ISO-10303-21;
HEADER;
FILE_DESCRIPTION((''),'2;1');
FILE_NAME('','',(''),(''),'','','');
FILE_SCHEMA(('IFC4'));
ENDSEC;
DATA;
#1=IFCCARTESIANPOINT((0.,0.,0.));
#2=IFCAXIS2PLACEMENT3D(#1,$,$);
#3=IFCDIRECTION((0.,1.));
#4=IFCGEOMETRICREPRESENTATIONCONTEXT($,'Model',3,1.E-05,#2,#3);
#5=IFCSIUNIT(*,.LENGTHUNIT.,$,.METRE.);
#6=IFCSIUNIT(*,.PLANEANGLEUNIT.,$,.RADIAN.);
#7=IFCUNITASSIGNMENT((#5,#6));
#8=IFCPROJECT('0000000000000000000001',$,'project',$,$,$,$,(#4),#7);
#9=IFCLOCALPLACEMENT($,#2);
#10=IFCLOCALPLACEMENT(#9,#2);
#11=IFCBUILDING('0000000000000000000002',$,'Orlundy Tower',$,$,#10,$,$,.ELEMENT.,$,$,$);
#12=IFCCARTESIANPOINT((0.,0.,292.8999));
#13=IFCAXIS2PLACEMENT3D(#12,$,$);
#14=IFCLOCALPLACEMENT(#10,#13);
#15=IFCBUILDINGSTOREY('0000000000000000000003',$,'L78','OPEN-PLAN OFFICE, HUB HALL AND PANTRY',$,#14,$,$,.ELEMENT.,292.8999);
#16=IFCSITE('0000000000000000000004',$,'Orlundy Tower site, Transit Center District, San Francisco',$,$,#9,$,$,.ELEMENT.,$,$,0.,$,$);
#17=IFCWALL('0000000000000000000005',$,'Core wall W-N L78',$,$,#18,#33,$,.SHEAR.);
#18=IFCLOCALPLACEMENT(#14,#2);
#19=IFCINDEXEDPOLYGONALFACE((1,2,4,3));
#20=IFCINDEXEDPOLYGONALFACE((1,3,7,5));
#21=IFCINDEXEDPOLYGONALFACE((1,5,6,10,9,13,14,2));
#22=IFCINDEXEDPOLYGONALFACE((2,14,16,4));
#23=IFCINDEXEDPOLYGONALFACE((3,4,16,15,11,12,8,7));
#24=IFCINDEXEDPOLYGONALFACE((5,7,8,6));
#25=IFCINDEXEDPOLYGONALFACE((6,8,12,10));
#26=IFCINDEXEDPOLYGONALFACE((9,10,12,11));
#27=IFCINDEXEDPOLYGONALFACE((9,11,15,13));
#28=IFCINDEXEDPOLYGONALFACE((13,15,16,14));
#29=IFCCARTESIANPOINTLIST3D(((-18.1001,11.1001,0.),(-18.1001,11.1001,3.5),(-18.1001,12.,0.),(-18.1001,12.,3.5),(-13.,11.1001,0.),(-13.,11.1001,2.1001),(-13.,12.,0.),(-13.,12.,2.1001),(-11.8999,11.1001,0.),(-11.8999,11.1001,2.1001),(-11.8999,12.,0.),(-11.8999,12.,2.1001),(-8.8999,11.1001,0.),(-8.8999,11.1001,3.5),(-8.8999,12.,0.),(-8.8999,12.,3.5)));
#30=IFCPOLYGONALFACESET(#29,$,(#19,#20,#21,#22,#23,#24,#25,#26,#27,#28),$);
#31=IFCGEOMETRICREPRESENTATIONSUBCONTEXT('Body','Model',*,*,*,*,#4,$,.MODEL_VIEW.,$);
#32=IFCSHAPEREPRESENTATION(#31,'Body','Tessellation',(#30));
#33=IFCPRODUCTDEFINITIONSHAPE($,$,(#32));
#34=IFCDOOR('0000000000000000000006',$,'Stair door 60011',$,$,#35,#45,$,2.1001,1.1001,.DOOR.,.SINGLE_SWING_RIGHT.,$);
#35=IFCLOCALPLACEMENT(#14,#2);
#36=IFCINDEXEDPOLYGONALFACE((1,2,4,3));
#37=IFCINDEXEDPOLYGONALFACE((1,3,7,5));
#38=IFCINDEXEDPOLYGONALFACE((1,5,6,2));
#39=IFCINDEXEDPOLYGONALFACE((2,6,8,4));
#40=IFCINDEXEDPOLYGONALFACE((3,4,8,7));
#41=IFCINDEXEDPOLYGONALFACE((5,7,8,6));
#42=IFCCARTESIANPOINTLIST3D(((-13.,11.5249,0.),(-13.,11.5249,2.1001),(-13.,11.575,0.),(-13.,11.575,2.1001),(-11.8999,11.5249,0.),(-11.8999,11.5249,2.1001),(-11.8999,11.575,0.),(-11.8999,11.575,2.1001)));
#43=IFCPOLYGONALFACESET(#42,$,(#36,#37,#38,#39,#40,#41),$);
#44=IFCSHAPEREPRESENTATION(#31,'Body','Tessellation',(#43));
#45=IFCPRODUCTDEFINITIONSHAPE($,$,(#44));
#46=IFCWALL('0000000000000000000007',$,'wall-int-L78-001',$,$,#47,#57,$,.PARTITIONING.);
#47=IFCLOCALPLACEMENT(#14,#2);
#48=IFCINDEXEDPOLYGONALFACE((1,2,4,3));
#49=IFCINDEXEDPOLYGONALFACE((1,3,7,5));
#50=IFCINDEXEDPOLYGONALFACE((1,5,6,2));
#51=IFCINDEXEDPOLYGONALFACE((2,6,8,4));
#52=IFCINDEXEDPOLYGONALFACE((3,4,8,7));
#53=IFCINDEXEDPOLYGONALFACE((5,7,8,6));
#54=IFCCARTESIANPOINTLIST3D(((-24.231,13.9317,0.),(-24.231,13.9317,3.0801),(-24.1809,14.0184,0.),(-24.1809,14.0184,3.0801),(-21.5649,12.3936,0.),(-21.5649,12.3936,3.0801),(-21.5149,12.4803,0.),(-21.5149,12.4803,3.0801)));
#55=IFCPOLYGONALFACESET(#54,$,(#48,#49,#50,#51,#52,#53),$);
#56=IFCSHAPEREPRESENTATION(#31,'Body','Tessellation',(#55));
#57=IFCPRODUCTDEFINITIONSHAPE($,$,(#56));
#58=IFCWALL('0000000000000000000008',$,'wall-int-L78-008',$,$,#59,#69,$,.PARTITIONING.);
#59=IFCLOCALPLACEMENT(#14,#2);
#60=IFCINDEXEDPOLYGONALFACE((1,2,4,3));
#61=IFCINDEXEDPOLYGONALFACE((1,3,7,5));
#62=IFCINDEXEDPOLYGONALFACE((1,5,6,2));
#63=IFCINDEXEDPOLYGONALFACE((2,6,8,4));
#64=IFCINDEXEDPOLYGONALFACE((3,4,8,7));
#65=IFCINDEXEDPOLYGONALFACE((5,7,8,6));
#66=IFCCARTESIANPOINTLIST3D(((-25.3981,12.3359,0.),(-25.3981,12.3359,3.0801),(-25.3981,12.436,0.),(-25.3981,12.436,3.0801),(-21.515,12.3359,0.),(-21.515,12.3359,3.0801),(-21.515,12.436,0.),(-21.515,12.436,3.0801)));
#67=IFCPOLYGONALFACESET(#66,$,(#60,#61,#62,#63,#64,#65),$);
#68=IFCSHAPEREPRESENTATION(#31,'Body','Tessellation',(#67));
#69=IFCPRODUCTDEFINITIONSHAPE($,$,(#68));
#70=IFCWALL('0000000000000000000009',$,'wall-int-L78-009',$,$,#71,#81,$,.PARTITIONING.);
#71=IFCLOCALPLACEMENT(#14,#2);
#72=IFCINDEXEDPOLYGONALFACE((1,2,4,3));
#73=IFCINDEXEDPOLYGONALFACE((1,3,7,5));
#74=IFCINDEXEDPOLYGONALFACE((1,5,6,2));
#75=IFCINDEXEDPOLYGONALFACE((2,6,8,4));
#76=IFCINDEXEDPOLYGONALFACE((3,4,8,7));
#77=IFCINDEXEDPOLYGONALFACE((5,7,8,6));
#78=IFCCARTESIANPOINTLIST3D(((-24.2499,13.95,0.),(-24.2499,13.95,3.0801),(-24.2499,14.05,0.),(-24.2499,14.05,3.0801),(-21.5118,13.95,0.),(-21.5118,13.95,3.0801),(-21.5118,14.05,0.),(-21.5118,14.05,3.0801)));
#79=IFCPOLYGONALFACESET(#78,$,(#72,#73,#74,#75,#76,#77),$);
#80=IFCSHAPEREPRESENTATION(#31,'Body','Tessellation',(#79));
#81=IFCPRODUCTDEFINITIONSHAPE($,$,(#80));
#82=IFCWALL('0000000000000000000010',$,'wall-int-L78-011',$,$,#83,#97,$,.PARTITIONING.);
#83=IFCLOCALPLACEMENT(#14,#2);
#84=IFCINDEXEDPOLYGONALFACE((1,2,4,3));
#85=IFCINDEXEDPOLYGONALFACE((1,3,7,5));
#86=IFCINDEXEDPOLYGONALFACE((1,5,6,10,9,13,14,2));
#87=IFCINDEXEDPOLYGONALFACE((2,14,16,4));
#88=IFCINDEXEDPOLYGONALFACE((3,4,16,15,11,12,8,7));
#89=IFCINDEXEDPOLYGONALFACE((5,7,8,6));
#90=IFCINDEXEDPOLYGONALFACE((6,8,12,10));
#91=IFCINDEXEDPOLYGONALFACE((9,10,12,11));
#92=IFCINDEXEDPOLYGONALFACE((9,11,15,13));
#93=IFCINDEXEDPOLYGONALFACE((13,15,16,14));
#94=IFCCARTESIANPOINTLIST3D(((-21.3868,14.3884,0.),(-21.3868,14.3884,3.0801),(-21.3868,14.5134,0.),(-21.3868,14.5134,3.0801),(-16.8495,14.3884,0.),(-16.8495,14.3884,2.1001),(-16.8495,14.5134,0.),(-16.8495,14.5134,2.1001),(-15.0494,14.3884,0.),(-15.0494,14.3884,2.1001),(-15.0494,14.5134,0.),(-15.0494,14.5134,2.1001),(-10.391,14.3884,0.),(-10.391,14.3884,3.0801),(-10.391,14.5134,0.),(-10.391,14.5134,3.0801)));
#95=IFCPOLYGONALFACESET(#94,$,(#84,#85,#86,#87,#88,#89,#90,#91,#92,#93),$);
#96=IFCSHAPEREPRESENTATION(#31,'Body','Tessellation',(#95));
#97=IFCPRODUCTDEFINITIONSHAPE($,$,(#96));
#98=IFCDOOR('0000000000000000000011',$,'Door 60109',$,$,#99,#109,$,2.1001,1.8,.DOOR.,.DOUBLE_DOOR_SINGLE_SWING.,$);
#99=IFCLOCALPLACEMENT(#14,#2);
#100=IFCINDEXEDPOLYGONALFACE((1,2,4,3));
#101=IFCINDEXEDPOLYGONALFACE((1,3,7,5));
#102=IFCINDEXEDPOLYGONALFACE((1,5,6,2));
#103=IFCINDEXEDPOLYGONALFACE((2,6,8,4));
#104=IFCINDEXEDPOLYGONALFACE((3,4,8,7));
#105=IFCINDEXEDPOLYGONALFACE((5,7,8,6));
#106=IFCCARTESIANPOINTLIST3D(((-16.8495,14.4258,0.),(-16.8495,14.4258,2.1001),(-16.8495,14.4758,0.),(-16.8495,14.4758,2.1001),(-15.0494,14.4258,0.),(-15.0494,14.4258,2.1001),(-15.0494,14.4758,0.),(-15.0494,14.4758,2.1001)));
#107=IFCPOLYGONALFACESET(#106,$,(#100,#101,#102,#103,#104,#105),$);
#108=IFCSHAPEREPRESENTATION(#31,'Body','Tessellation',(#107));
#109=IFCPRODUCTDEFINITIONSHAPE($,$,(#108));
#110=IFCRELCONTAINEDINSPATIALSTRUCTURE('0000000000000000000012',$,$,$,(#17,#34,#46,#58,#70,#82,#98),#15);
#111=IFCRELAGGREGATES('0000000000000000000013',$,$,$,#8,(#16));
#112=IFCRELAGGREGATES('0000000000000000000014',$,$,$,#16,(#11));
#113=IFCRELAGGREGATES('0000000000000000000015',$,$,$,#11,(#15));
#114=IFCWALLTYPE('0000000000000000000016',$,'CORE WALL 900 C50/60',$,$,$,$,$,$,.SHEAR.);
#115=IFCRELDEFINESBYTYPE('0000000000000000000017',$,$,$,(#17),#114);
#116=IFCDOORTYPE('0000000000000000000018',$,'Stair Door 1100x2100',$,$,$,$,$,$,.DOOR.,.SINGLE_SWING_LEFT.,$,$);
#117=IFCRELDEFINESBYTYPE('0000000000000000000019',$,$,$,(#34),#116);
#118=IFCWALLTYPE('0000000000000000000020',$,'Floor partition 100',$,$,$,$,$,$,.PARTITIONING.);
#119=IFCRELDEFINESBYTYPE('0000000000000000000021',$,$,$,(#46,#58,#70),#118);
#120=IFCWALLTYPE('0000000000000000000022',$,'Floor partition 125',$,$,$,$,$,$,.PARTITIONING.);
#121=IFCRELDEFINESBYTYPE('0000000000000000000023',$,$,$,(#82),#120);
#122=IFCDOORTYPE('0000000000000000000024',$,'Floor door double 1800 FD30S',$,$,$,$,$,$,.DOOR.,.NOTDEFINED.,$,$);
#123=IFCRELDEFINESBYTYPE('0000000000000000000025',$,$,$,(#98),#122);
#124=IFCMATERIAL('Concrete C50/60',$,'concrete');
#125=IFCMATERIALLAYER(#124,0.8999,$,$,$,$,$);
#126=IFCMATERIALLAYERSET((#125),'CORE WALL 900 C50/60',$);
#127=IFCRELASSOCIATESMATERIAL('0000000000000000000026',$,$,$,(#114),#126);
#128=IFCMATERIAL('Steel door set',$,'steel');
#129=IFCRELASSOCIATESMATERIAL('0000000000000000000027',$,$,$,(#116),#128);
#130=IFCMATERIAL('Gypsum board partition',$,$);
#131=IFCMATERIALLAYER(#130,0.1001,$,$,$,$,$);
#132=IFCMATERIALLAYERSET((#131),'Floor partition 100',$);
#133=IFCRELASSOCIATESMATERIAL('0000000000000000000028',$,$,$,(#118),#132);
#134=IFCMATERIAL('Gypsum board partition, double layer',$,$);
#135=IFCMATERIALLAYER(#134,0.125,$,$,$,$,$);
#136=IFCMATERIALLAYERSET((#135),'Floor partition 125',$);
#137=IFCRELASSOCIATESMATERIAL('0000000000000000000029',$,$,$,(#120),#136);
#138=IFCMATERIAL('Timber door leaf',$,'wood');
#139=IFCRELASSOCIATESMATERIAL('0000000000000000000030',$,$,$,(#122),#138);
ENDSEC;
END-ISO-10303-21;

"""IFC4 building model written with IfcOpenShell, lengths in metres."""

from ifc_helpers import new_model, si_unit, direction, frame, frame_2d, origin, place, context, subcontext, project, spatial, rectangle, extrude, material, layer, layer_set, type_object, element, fill, save


model = new_model("IFC4")

# Units and contexts
model_context = context("Model", 3, precision=1e-05, world=origin(), true_north=direction((0.0, 1.0)))
body_context = subcontext(model_context, "Body", "Model", "MODEL_VIEW")
ifc_project = project(units=[si_unit("LENGTHUNIT", "METRE"), si_unit("PLANEANGLEUNIT", "RADIAN")], contexts=[model_context])

# Site, building, storey
site_placement = place(None, origin())
site = spatial("IfcSite", under=ifc_project, at=site_placement, Name="Orlundy Tower site, Transit Center District, San Francisco", CompositionType="ELEMENT", RefElevation=0.0)
building_placement = place(site_placement, origin())
building = spatial("IfcBuilding", under=site, at=building_placement, Name="Orlundy Tower", CompositionType="ELEMENT")
storey_placement = place(building_placement, frame((0.0, 0.0, 292.8999)))
storey = spatial("IfcBuildingStorey", under=building, at=storey_placement, Name="L78", Description="OPEN-PLAN OFFICE, HUB HALL AND PANTRY", CompositionType="ELEMENT", Elevation=292.8999)

# Wall, opening, door
ifc_material_1 = material(Name="Concrete C50/60", Category="concrete")
ifc_layer_1 = layer(ifc_material_1, 0.8999)
ifc_layer_set_1 = layer_set([ifc_layer_1], Name="CORE WALL 900 C50/60")
wall_type_1 = type_object("IfcWallType", Name="CORE WALL 900 C50/60", PredefinedType="SHEAR", material=ifc_layer_set_1)
wall_1_placement = place(storey_placement, frame((-18.1001, 11.55, 0.0), z_axis=(0.0, 0.0, 1.0), x_axis=(1.0, 0.0, 0.0)))
wall_1 = element("IfcWall", 1, at=wall_1_placement, inside=storey, type_object=wall_type_1, Name="Core wall W-N L78", PredefinedType="SHEAR", context=body_context, shape_type="SweptSolid", body=[
    extrude(rectangle(XDim=9.2002, YDim=0.8999, at=frame_2d((4.6001, 0.0))), origin(), (0.0, 0.0, 1.0), 3.5),
])
opening_1_placement = place(wall_1_placement, frame((5.1001, 0.0, 0.0)))
opening_1 = element("IfcOpeningElement", 2, at=opening_1_placement, cuts=wall_1, PredefinedType="OPENING", context=body_context, shape_type="SweptSolid", body=[
    extrude(rectangle(XDim=1.1001, YDim=2.1001, at=frame_2d((0.55, 1.05))), frame((0.0, 0.46, 0.0), z_axis=(0.0, -1.0, 0.0), x_axis=(1.0, 0.0, 0.0)), (0.0, 0.0, 1.0), 0.9199),
])
ifc_material_2 = material(Name="Steel door set", Category="steel")
door_type_1 = type_object("IfcDoorType", Name="Stair Door 1100x2100", OperationType="SINGLE_SWING_LEFT", PredefinedType="DOOR", material=ifc_material_2)
door_1_placement = place(opening_1_placement, origin())
door_1 = element("IfcDoor", 3, at=door_1_placement, inside=storey, type_object=door_type_1, Name="Stair door 60011", OperationType="SINGLE_SWING_RIGHT", OverallHeight=2.1001, OverallWidth=1.1001, PredefinedType="DOOR", context=body_context, shape_type="SweptSolid", body=[
    extrude(rectangle(XDim=1.1001, YDim=2.1001, at=frame_2d((0.55, 1.05))), frame((0.0, 0.0249, 0.0), z_axis=(0.0, -1.0, 0.0), x_axis=(1.0, 0.0, 0.0)), (0.0, 0.0, 1.0), 0.05),
])
fill(opening_1, door_1)

# Walls
ifc_material_3 = material(Name="Gypsum board partition")
ifc_layer_2 = layer(ifc_material_3, 0.1001)
ifc_layer_set_2 = layer_set([ifc_layer_2], Name="Floor partition 100")
wall_type_2 = type_object("IfcWallType", Name="Floor partition 100", PredefinedType="PARTITIONING", material=ifc_layer_set_2)
wall_2_placement = place(storey_placement, frame((-24.2061, 13.9751, 0.0), z_axis=(0.0, 0.0, 1.0), x_axis=(0.866186, -0.499722, 0.0)))
element("IfcWall", 4, at=wall_2_placement, inside=storey, type_object=wall_type_2, Name="wall-int-L78-001", PredefinedType="PARTITIONING", context=body_context, shape_type="SweptSolid", body=[
    extrude(rectangle(XDim=3.0779, YDim=0.1001, at=frame_2d((1.5391, 0.0))), origin(), (0.0, 0.0, 1.0), 3.0801),
])
wall_3_placement = place(storey_placement, frame((-25.3979, 12.386, 0.0), z_axis=(0.0, 0.0, 1.0), x_axis=(1.0, 0.0, 0.0)))
element("IfcWall", 5, at=wall_3_placement, inside=storey, type_object=wall_type_2, Name="wall-int-L78-008", PredefinedType="PARTITIONING", context=body_context, shape_type="SweptSolid", body=[
    extrude(rectangle(XDim=3.8831, YDim=0.1001, at=frame_2d((1.9414, 0.0))), origin(), (0.0, 0.0, 1.0), 3.0801),
])
wall_4_placement = place(storey_placement, frame((-24.25, 14.0, 0.0), z_axis=(0.0, 0.0, 1.0), x_axis=(1.0, 0.0, 0.0)))
element("IfcWall", 6, at=wall_4_placement, inside=storey, type_object=wall_type_2, Name="wall-int-L78-009", PredefinedType="PARTITIONING", context=body_context, shape_type="SweptSolid", body=[
    extrude(rectangle(XDim=2.738, YDim=0.1001, at=frame_2d((1.3691, 0.0))), origin(), (0.0, 0.0, 1.0), 3.0801),
])

# Wall, opening, door
ifc_material_4 = material(Name="Gypsum board partition, double layer")
ifc_layer_3 = layer(ifc_material_4, 0.125)
ifc_layer_set_3 = layer_set([ifc_layer_3], Name="Floor partition 125")
wall_type_3 = type_object("IfcWallType", Name="Floor partition 125", PredefinedType="PARTITIONING", material=ifc_layer_set_3)
wall_5_placement = place(storey_placement, frame((-21.387, 14.4509, 0.0), z_axis=(0.0, 0.0, 1.0), x_axis=(1.0, 0.0, 0.0)))
wall_5 = element("IfcWall", 7, at=wall_5_placement, inside=storey, type_object=wall_type_3, Name="wall-int-L78-011", PredefinedType="PARTITIONING", context=body_context, shape_type="SweptSolid", body=[
    extrude(rectangle(XDim=10.9958, YDim=0.125, at=frame_2d((5.498, 0.0))), origin(), (0.0, 0.0, 1.0), 3.0801),
])
opening_2_placement = place(wall_5_placement, frame((4.5376, 0.0, 0.0)))
opening_2 = element("IfcOpeningElement", 8, at=opening_2_placement, cuts=wall_5, PredefinedType="OPENING", context=body_context, shape_type="SweptSolid", body=[
    extrude(rectangle(XDim=1.8, YDim=2.1001, at=frame_2d((0.8999, 1.05))), frame((0.0, 0.0725, 0.0), z_axis=(0.0, -1.0, 0.0), x_axis=(1.0, 0.0, 0.0)), (0.0, 0.0, 1.0), 0.145),
])
ifc_material_5 = material(Name="Timber door leaf", Category="wood")
door_type_2 = type_object("IfcDoorType", Name="Floor door double 1800 FD30S", OperationType="NOTDEFINED", PredefinedType="DOOR", material=ifc_material_5)
door_2_placement = place(opening_2_placement, origin())
door_2 = element("IfcDoor", 9, at=door_2_placement, inside=storey, type_object=door_type_2, Name="Door 60109", OperationType="DOUBLE_DOOR_SINGLE_SWING", OverallHeight=2.1001, OverallWidth=1.8, PredefinedType="DOOR", context=body_context, shape_type="SweptSolid", body=[
    extrude(rectangle(XDim=1.8, YDim=2.1001, at=frame_2d((0.8999, 1.05))), frame((0.0, 0.0249, 0.0), z_axis=(0.0, -1.0, 0.0), x_axis=(1.0, 0.0, 0.0)), (0.0, 0.0, 1.0), 0.05),
])
fill(opening_2, door_2)

save(model, "model.ifc")
